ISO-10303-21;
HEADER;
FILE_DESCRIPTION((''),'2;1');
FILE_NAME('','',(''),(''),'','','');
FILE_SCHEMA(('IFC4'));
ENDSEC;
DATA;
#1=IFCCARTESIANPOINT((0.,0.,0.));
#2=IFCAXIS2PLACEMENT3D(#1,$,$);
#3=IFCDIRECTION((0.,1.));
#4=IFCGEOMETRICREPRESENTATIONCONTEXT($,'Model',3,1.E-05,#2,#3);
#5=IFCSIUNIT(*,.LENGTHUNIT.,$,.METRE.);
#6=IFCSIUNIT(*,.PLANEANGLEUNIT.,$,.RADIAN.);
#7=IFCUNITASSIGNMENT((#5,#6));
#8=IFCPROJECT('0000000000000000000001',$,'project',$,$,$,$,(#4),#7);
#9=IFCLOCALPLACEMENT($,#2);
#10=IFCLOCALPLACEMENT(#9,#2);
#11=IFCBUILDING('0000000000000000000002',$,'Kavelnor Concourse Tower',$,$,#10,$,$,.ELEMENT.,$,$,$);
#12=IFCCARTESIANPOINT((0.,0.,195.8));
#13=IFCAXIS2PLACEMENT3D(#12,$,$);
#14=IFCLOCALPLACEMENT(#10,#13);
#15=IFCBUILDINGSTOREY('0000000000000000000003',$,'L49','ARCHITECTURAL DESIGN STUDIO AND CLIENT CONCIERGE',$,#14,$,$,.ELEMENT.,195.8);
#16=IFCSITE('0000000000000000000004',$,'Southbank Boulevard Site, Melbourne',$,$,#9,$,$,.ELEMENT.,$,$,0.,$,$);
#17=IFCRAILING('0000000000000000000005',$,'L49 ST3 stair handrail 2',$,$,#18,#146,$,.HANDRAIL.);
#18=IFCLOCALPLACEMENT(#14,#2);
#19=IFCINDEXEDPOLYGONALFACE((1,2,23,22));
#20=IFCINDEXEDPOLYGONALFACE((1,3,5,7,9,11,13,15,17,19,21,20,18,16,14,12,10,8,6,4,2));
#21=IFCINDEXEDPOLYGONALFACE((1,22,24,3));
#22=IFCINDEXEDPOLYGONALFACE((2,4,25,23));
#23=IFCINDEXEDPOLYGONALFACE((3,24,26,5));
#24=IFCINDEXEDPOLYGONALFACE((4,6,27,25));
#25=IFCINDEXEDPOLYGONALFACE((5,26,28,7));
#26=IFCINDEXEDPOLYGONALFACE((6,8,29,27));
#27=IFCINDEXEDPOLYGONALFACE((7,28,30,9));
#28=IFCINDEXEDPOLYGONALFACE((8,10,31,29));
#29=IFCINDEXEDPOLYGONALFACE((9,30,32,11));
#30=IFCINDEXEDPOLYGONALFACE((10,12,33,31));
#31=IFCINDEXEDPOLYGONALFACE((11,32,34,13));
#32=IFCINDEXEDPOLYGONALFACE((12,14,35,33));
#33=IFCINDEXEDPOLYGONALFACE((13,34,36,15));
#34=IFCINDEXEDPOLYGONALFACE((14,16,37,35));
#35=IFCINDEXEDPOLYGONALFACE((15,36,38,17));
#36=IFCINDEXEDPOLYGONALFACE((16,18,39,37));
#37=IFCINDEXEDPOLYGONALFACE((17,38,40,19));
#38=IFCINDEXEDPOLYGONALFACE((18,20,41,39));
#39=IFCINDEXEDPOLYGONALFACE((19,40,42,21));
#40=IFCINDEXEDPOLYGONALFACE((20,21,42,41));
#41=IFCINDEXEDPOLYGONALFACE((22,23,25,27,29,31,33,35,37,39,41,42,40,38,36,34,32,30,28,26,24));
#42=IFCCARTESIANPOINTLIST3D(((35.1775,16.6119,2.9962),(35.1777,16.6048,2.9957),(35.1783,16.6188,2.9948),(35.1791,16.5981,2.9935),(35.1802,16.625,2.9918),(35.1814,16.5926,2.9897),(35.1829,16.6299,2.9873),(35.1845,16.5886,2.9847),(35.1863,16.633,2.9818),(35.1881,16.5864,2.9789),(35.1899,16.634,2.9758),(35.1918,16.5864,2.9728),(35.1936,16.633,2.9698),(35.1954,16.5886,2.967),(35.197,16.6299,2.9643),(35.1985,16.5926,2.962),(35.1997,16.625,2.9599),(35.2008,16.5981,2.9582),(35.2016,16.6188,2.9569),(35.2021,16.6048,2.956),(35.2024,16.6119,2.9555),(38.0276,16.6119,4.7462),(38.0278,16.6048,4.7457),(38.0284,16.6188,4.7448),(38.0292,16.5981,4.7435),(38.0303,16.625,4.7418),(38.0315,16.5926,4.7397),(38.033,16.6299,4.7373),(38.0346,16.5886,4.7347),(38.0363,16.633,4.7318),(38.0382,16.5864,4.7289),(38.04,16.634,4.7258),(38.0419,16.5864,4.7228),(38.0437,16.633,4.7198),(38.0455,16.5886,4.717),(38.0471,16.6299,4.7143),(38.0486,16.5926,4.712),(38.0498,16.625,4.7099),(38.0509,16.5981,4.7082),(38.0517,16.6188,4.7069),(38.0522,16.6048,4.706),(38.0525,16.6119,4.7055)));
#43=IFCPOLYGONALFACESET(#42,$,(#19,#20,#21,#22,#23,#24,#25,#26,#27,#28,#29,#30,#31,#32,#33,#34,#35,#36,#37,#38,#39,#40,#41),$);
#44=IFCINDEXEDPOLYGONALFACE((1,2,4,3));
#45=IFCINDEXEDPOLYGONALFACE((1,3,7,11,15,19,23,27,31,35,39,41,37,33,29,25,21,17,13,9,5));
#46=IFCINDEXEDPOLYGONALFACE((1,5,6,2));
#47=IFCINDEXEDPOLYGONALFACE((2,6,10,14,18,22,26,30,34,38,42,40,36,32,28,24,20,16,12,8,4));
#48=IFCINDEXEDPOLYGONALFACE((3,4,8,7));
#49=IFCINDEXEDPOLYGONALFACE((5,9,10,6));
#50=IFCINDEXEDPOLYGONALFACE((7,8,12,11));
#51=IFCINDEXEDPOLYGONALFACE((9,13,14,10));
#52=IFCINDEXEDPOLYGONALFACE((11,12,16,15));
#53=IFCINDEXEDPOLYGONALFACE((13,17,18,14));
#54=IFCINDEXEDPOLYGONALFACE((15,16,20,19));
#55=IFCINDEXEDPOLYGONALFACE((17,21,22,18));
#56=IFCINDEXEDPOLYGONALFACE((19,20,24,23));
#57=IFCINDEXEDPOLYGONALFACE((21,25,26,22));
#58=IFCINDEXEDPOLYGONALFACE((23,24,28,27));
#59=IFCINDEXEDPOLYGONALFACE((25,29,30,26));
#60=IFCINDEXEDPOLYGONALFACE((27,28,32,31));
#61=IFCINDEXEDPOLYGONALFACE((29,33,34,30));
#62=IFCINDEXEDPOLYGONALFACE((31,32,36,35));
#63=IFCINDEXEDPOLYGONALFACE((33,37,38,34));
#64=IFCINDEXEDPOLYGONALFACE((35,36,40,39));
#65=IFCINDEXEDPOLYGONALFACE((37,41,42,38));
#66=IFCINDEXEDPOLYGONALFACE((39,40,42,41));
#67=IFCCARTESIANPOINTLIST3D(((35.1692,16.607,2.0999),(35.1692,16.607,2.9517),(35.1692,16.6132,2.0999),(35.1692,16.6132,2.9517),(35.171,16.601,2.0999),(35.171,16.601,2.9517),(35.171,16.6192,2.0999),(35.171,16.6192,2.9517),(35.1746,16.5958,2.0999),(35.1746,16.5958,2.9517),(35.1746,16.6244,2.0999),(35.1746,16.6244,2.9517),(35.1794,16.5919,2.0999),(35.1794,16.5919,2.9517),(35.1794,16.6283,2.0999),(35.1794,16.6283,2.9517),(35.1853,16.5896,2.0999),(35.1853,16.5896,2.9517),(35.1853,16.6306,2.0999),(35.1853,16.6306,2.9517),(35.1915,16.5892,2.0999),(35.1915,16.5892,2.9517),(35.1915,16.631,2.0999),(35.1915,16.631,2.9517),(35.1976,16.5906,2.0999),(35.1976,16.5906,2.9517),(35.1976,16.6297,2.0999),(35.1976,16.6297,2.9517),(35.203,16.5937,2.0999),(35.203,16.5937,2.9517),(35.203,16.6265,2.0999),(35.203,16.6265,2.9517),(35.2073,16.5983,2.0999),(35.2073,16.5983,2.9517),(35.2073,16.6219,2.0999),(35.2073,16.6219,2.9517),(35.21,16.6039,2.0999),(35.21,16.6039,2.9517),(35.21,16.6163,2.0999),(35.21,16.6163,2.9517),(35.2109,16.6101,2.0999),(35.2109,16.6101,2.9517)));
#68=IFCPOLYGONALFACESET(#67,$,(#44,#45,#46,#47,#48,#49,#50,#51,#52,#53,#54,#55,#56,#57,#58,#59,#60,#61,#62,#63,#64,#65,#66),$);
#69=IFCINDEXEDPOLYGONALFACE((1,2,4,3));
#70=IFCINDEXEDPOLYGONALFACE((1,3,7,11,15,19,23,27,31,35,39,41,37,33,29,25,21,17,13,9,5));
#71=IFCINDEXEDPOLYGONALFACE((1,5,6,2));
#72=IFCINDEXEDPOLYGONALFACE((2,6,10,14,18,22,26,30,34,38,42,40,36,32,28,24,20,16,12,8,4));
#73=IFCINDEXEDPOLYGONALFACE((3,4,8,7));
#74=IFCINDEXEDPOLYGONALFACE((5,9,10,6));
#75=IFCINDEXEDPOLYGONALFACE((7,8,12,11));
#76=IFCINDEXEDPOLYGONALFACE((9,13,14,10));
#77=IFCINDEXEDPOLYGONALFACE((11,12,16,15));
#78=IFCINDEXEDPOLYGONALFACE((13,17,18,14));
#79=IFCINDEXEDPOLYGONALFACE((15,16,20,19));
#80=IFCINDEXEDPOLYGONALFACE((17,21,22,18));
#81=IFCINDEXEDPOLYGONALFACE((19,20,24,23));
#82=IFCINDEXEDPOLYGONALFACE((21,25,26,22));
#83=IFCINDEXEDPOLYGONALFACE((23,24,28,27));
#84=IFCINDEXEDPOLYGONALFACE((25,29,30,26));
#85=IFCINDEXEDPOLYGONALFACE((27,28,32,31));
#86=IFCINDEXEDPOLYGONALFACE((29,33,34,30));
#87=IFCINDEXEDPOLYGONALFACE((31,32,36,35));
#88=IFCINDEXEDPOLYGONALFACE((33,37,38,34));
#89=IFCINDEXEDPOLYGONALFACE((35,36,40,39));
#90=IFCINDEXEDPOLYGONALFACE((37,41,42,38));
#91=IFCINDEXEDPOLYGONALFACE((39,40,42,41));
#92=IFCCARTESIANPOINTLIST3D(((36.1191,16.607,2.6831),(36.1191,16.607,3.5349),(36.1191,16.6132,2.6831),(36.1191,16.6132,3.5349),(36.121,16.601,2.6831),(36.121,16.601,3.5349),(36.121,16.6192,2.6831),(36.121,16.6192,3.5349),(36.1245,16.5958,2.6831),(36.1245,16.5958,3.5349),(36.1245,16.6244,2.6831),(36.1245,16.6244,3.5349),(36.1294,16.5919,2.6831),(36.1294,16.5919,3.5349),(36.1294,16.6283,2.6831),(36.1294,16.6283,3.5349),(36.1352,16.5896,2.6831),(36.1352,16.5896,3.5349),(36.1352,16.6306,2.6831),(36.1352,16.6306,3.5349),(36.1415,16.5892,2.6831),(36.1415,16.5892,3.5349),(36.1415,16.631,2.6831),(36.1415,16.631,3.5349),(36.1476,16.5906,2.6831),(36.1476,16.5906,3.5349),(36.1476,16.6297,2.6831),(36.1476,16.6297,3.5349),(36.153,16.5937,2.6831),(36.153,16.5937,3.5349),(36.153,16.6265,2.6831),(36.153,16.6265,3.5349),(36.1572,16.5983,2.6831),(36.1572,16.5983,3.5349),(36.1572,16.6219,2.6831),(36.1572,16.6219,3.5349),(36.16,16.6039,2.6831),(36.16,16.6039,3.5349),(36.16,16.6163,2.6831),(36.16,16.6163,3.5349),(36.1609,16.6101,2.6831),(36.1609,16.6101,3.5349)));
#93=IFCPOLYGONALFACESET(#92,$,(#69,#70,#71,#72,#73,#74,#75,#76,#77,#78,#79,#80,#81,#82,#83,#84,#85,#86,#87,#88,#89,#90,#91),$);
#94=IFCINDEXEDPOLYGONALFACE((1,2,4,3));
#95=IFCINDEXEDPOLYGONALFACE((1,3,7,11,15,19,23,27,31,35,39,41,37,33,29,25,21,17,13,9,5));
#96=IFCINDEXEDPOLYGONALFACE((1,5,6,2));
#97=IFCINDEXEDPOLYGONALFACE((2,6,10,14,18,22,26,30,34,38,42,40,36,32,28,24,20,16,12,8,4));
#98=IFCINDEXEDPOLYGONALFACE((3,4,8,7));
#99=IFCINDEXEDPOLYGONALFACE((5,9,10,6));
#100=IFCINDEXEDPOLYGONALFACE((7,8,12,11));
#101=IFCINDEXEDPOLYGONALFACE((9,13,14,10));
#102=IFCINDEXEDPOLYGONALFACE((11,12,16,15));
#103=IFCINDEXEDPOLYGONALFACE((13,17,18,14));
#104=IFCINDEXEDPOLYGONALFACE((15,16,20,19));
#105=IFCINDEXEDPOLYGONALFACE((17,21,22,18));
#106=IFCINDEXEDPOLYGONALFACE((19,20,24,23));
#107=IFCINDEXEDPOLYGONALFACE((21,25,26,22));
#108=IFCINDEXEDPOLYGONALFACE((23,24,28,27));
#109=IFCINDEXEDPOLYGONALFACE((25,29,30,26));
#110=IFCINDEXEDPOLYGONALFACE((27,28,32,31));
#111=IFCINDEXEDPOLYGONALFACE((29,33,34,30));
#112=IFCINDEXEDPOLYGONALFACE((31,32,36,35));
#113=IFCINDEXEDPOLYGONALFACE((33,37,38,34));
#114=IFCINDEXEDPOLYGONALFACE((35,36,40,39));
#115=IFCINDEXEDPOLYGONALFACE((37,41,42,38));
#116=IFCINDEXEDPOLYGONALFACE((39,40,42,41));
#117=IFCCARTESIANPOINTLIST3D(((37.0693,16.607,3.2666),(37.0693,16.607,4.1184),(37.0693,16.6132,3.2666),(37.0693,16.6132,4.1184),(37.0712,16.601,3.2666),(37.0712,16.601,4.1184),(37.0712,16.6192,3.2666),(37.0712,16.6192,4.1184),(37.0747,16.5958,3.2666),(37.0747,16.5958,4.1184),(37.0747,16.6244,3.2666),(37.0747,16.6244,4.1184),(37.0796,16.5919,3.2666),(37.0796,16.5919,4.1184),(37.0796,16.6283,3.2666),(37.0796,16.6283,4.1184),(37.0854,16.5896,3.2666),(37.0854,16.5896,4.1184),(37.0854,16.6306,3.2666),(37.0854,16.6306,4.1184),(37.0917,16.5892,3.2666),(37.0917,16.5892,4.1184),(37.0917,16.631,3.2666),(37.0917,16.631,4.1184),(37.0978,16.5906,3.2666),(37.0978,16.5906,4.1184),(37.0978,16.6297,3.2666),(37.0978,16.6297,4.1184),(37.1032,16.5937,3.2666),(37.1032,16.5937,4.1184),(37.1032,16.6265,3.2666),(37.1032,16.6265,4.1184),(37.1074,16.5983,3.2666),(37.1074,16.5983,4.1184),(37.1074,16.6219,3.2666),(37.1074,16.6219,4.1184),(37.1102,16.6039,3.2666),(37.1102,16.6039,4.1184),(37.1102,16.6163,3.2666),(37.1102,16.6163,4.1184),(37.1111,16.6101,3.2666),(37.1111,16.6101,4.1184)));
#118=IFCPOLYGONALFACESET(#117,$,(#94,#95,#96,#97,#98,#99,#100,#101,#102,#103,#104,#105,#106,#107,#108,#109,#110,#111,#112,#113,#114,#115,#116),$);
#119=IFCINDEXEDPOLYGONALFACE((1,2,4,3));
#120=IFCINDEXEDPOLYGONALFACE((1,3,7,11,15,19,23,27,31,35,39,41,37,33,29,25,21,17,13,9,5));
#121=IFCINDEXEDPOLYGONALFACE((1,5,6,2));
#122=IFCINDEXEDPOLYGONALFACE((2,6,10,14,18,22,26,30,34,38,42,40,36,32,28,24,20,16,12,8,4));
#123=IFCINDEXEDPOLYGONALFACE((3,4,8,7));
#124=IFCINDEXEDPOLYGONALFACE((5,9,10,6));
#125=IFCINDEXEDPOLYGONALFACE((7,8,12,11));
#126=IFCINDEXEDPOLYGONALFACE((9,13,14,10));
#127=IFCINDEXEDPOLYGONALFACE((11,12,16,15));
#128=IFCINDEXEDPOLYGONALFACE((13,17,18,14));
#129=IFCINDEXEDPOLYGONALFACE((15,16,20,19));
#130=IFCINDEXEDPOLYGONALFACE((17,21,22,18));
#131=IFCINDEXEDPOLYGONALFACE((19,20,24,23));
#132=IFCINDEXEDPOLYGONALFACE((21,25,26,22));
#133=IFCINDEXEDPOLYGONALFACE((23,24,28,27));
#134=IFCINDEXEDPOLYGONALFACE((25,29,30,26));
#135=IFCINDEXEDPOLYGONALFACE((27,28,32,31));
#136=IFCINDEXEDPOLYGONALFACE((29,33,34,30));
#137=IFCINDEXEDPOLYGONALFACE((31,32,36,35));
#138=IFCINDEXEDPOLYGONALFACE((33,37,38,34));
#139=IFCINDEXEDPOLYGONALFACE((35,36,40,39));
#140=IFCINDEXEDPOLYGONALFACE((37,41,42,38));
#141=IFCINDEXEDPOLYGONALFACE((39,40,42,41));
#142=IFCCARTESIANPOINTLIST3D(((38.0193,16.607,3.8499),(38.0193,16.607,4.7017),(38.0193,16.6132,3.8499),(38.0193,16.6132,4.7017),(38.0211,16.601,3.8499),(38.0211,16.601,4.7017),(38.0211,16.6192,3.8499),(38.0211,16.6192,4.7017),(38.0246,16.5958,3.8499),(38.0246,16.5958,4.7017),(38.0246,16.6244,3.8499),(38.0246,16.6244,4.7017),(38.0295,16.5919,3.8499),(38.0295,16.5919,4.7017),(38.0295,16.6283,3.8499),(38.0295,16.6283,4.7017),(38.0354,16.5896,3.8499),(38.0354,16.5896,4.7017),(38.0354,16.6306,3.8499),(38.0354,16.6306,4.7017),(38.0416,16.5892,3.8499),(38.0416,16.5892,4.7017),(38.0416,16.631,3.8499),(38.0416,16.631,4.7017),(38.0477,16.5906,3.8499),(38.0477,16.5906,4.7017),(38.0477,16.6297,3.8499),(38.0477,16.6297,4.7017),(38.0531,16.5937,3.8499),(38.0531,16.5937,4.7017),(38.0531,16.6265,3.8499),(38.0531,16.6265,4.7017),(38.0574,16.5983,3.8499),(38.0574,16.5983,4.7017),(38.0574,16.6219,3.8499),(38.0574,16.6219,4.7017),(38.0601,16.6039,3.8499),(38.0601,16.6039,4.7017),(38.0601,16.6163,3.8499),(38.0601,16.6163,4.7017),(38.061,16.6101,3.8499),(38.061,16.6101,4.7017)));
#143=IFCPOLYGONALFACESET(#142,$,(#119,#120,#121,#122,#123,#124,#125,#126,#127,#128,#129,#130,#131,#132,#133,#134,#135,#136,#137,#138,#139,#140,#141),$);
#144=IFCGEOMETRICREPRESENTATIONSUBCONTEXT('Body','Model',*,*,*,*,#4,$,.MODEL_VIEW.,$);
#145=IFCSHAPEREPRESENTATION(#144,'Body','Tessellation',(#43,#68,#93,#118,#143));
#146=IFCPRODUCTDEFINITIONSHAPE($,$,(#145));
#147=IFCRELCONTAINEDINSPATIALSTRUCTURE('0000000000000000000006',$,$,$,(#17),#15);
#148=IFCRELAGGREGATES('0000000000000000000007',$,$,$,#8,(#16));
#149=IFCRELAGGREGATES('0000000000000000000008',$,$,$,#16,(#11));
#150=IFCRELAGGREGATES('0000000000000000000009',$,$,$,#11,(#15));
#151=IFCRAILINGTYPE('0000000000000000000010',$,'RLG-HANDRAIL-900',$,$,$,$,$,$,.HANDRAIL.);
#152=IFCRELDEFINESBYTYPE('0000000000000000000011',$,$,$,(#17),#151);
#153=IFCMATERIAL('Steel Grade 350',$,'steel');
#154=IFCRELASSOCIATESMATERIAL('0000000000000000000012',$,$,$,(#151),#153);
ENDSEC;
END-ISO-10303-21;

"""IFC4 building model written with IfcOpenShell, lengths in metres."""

from ifc_helpers import new_model, si_unit, direction, frame, origin, origin_2d, place, context, subcontext, project, spatial, circle, extrude, material, type_object, element, save


model = new_model("IFC4")

# Units and contexts
model_context = context("Model", 3, precision=1e-05, world=origin(), true_north=direction((0.0, 1.0)))
body_context = subcontext(model_context, "Body", "Model", "MODEL_VIEW")
ifc_project = project(units=[si_unit("LENGTHUNIT", "METRE"), si_unit("PLANEANGLEUNIT", "RADIAN")], contexts=[model_context])

# Site, building, storey
site_placement = place(None, origin())
site = spatial("IfcSite", under=ifc_project, at=site_placement, Name="Southbank Boulevard Site, Melbourne", CompositionType="ELEMENT", RefElevation=0.0)
building_placement = place(site_placement, origin())
building = spatial("IfcBuilding", under=site, at=building_placement, Name="Kavelnor Concourse Tower", CompositionType="ELEMENT")
storey_placement = place(building_placement, frame((0.0, 0.0, 195.8)))
storey = spatial("IfcBuildingStorey", under=building, at=storey_placement, Name="L49", Description="ARCHITECTURAL DESIGN STUDIO AND CLIENT CONCIERGE", CompositionType="ELEMENT", Elevation=195.8)

# Shared definitions
ifc_material_1 = material(Name="Steel Grade 350", Category="steel")

# Railing
railing_type_1 = type_object("IfcRailingType", Name="RLG-HANDRAIL-900", PredefinedType="HANDRAIL", material=ifc_material_1)
railing_1_placement = place(storey_placement, frame((35.1899, 16.6101, 2.0999)))
element("IfcRailing", 1, at=railing_1_placement, inside=storey, type_object=railing_type_1, Name="L49 ST3 stair handrail 2", PredefinedType="HANDRAIL", context=body_context, shape_type="SweptSolid", body=[
    extrude(circle(Radius=0.0239, at=origin_2d()), frame((0.0, 0.0, 0.876), z_axis=(0.852179, 0.0, 0.52325), x_axis=(0.0, 1.0, 0.0)), (0.0, 0.0, 1.0), 3.3445),
    extrude(circle(Radius=0.021, at=origin_2d()), origin(), (0.0, 0.0, 1.0), 0.8518),
    extrude(circle(Radius=0.021, at=origin_2d()), frame((0.95, 0.0, 0.5833)), (0.0, 0.0, 1.0), 0.8518),
    extrude(circle(Radius=0.021, at=origin_2d()), frame((1.9001, 0.0, 1.1667)), (0.0, 0.0, 1.0), 0.8518),
    extrude(circle(Radius=0.021, at=origin_2d()), frame((2.8501, 0.0, 1.75)), (0.0, 0.0, 1.0), 0.8518),
])

save(model, "model.ifc")
